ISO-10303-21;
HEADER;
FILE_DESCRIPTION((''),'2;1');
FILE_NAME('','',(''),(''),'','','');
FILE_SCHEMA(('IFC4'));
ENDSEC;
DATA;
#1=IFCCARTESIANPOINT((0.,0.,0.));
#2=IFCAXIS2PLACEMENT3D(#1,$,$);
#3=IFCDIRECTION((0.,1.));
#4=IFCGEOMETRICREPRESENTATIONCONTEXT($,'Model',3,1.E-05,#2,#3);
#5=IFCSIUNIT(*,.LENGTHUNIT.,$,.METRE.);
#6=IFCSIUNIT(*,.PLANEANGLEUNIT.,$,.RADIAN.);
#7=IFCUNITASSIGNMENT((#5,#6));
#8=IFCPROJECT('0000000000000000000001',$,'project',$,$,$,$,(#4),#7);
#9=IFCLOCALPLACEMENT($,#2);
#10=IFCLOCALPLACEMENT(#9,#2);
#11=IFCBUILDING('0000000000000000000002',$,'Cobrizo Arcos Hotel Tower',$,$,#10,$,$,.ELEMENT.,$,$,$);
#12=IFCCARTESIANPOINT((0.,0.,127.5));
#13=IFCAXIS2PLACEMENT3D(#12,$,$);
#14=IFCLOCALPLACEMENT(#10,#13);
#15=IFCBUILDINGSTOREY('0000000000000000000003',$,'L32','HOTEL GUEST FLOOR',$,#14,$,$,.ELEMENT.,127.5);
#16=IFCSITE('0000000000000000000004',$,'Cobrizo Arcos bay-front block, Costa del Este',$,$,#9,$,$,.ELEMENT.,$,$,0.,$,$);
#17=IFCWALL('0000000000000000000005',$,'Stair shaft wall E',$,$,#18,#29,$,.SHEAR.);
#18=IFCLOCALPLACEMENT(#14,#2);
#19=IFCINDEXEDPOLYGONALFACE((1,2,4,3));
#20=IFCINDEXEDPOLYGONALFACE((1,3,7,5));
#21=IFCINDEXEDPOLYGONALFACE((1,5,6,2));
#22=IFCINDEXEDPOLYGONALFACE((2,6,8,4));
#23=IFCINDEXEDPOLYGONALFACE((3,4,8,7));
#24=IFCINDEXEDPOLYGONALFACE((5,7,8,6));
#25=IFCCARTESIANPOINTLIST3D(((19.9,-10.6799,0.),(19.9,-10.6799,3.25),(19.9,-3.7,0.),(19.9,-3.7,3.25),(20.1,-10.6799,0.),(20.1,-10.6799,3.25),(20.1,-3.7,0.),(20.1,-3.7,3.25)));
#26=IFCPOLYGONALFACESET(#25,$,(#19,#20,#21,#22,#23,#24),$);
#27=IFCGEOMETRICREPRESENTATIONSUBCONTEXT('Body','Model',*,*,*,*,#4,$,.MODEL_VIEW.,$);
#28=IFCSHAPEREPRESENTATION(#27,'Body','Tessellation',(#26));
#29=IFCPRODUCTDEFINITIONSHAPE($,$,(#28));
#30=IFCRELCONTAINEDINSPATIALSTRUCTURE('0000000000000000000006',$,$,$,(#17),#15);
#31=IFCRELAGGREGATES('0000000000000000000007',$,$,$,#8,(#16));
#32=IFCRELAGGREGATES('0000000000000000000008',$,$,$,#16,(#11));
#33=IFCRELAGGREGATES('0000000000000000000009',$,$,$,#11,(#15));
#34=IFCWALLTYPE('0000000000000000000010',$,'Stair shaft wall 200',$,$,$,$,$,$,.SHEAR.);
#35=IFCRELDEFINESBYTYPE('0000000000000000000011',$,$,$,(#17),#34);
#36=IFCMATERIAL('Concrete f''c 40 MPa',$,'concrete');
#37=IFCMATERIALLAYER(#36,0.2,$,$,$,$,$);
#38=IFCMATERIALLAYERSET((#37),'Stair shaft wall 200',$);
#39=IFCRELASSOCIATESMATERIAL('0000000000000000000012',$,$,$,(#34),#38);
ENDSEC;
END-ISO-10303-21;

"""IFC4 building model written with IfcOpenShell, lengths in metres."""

from ifc_helpers import new_model, si_unit, direction, frame, frame_2d, origin, place, context, subcontext, project, spatial, rectangle, extrude, material, layer, layer_set, type_object, element, save


model = new_model("IFC4")

# Units and contexts
model_context = context("Model", 3, precision=1e-05, world=origin(), true_north=direction((0.0, 1.0)))
body_context = subcontext(model_context, "Body", "Model", "MODEL_VIEW")
ifc_project = project(units=[si_unit("LENGTHUNIT", "METRE"), si_unit("PLANEANGLEUNIT", "RADIAN")], contexts=[model_context])

# Site, building, storey
site_placement = place(None, origin())
site = spatial("IfcSite", under=ifc_project, at=site_placement, Name="Cobrizo Arcos bay-front block, Costa del Este", CompositionType="ELEMENT", RefElevation=0.0)
building_placement = place(site_placement, origin())
building = spatial("IfcBuilding", under=site, at=building_placement, Name="Cobrizo Arcos Hotel Tower", CompositionType="ELEMENT")
storey_placement = place(building_placement, frame((0.0, 0.0, 127.5)))
storey = spatial("IfcBuildingStorey", under=building, at=storey_placement, Name="L32", Description="HOTEL GUEST FLOOR", CompositionType="ELEMENT", Elevation=127.5)

# Wall
ifc_material_1 = material(Name="Concrete f'c 40 MPa", Category="concrete")
ifc_layer_1 = layer(ifc_material_1, 0.2)
ifc_layer_set_1 = layer_set([ifc_layer_1], Name="Stair shaft wall 200")
wall_type_1 = type_object("IfcWallType", Name="Stair shaft wall 200", PredefinedType="SHEAR", material=ifc_layer_set_1)
wall_1_placement = place(storey_placement, frame((20.0, -10.6799, 0.0), z_axis=(0.0, 0.0, 1.0), x_axis=(0.0, 1.0, 0.0)))
element("IfcWall", 1, at=wall_1_placement, inside=storey, type_object=wall_type_1, Name="Stair shaft wall E", PredefinedType="SHEAR", context=body_context, shape_type="SweptSolid", body=[
    extrude(rectangle(XDim=6.98, YDim=0.2, at=frame_2d((3.49, 0.0))), origin(), (0.0, 0.0, 1.0), 3.25),
])

save(model, "model.ifc")
